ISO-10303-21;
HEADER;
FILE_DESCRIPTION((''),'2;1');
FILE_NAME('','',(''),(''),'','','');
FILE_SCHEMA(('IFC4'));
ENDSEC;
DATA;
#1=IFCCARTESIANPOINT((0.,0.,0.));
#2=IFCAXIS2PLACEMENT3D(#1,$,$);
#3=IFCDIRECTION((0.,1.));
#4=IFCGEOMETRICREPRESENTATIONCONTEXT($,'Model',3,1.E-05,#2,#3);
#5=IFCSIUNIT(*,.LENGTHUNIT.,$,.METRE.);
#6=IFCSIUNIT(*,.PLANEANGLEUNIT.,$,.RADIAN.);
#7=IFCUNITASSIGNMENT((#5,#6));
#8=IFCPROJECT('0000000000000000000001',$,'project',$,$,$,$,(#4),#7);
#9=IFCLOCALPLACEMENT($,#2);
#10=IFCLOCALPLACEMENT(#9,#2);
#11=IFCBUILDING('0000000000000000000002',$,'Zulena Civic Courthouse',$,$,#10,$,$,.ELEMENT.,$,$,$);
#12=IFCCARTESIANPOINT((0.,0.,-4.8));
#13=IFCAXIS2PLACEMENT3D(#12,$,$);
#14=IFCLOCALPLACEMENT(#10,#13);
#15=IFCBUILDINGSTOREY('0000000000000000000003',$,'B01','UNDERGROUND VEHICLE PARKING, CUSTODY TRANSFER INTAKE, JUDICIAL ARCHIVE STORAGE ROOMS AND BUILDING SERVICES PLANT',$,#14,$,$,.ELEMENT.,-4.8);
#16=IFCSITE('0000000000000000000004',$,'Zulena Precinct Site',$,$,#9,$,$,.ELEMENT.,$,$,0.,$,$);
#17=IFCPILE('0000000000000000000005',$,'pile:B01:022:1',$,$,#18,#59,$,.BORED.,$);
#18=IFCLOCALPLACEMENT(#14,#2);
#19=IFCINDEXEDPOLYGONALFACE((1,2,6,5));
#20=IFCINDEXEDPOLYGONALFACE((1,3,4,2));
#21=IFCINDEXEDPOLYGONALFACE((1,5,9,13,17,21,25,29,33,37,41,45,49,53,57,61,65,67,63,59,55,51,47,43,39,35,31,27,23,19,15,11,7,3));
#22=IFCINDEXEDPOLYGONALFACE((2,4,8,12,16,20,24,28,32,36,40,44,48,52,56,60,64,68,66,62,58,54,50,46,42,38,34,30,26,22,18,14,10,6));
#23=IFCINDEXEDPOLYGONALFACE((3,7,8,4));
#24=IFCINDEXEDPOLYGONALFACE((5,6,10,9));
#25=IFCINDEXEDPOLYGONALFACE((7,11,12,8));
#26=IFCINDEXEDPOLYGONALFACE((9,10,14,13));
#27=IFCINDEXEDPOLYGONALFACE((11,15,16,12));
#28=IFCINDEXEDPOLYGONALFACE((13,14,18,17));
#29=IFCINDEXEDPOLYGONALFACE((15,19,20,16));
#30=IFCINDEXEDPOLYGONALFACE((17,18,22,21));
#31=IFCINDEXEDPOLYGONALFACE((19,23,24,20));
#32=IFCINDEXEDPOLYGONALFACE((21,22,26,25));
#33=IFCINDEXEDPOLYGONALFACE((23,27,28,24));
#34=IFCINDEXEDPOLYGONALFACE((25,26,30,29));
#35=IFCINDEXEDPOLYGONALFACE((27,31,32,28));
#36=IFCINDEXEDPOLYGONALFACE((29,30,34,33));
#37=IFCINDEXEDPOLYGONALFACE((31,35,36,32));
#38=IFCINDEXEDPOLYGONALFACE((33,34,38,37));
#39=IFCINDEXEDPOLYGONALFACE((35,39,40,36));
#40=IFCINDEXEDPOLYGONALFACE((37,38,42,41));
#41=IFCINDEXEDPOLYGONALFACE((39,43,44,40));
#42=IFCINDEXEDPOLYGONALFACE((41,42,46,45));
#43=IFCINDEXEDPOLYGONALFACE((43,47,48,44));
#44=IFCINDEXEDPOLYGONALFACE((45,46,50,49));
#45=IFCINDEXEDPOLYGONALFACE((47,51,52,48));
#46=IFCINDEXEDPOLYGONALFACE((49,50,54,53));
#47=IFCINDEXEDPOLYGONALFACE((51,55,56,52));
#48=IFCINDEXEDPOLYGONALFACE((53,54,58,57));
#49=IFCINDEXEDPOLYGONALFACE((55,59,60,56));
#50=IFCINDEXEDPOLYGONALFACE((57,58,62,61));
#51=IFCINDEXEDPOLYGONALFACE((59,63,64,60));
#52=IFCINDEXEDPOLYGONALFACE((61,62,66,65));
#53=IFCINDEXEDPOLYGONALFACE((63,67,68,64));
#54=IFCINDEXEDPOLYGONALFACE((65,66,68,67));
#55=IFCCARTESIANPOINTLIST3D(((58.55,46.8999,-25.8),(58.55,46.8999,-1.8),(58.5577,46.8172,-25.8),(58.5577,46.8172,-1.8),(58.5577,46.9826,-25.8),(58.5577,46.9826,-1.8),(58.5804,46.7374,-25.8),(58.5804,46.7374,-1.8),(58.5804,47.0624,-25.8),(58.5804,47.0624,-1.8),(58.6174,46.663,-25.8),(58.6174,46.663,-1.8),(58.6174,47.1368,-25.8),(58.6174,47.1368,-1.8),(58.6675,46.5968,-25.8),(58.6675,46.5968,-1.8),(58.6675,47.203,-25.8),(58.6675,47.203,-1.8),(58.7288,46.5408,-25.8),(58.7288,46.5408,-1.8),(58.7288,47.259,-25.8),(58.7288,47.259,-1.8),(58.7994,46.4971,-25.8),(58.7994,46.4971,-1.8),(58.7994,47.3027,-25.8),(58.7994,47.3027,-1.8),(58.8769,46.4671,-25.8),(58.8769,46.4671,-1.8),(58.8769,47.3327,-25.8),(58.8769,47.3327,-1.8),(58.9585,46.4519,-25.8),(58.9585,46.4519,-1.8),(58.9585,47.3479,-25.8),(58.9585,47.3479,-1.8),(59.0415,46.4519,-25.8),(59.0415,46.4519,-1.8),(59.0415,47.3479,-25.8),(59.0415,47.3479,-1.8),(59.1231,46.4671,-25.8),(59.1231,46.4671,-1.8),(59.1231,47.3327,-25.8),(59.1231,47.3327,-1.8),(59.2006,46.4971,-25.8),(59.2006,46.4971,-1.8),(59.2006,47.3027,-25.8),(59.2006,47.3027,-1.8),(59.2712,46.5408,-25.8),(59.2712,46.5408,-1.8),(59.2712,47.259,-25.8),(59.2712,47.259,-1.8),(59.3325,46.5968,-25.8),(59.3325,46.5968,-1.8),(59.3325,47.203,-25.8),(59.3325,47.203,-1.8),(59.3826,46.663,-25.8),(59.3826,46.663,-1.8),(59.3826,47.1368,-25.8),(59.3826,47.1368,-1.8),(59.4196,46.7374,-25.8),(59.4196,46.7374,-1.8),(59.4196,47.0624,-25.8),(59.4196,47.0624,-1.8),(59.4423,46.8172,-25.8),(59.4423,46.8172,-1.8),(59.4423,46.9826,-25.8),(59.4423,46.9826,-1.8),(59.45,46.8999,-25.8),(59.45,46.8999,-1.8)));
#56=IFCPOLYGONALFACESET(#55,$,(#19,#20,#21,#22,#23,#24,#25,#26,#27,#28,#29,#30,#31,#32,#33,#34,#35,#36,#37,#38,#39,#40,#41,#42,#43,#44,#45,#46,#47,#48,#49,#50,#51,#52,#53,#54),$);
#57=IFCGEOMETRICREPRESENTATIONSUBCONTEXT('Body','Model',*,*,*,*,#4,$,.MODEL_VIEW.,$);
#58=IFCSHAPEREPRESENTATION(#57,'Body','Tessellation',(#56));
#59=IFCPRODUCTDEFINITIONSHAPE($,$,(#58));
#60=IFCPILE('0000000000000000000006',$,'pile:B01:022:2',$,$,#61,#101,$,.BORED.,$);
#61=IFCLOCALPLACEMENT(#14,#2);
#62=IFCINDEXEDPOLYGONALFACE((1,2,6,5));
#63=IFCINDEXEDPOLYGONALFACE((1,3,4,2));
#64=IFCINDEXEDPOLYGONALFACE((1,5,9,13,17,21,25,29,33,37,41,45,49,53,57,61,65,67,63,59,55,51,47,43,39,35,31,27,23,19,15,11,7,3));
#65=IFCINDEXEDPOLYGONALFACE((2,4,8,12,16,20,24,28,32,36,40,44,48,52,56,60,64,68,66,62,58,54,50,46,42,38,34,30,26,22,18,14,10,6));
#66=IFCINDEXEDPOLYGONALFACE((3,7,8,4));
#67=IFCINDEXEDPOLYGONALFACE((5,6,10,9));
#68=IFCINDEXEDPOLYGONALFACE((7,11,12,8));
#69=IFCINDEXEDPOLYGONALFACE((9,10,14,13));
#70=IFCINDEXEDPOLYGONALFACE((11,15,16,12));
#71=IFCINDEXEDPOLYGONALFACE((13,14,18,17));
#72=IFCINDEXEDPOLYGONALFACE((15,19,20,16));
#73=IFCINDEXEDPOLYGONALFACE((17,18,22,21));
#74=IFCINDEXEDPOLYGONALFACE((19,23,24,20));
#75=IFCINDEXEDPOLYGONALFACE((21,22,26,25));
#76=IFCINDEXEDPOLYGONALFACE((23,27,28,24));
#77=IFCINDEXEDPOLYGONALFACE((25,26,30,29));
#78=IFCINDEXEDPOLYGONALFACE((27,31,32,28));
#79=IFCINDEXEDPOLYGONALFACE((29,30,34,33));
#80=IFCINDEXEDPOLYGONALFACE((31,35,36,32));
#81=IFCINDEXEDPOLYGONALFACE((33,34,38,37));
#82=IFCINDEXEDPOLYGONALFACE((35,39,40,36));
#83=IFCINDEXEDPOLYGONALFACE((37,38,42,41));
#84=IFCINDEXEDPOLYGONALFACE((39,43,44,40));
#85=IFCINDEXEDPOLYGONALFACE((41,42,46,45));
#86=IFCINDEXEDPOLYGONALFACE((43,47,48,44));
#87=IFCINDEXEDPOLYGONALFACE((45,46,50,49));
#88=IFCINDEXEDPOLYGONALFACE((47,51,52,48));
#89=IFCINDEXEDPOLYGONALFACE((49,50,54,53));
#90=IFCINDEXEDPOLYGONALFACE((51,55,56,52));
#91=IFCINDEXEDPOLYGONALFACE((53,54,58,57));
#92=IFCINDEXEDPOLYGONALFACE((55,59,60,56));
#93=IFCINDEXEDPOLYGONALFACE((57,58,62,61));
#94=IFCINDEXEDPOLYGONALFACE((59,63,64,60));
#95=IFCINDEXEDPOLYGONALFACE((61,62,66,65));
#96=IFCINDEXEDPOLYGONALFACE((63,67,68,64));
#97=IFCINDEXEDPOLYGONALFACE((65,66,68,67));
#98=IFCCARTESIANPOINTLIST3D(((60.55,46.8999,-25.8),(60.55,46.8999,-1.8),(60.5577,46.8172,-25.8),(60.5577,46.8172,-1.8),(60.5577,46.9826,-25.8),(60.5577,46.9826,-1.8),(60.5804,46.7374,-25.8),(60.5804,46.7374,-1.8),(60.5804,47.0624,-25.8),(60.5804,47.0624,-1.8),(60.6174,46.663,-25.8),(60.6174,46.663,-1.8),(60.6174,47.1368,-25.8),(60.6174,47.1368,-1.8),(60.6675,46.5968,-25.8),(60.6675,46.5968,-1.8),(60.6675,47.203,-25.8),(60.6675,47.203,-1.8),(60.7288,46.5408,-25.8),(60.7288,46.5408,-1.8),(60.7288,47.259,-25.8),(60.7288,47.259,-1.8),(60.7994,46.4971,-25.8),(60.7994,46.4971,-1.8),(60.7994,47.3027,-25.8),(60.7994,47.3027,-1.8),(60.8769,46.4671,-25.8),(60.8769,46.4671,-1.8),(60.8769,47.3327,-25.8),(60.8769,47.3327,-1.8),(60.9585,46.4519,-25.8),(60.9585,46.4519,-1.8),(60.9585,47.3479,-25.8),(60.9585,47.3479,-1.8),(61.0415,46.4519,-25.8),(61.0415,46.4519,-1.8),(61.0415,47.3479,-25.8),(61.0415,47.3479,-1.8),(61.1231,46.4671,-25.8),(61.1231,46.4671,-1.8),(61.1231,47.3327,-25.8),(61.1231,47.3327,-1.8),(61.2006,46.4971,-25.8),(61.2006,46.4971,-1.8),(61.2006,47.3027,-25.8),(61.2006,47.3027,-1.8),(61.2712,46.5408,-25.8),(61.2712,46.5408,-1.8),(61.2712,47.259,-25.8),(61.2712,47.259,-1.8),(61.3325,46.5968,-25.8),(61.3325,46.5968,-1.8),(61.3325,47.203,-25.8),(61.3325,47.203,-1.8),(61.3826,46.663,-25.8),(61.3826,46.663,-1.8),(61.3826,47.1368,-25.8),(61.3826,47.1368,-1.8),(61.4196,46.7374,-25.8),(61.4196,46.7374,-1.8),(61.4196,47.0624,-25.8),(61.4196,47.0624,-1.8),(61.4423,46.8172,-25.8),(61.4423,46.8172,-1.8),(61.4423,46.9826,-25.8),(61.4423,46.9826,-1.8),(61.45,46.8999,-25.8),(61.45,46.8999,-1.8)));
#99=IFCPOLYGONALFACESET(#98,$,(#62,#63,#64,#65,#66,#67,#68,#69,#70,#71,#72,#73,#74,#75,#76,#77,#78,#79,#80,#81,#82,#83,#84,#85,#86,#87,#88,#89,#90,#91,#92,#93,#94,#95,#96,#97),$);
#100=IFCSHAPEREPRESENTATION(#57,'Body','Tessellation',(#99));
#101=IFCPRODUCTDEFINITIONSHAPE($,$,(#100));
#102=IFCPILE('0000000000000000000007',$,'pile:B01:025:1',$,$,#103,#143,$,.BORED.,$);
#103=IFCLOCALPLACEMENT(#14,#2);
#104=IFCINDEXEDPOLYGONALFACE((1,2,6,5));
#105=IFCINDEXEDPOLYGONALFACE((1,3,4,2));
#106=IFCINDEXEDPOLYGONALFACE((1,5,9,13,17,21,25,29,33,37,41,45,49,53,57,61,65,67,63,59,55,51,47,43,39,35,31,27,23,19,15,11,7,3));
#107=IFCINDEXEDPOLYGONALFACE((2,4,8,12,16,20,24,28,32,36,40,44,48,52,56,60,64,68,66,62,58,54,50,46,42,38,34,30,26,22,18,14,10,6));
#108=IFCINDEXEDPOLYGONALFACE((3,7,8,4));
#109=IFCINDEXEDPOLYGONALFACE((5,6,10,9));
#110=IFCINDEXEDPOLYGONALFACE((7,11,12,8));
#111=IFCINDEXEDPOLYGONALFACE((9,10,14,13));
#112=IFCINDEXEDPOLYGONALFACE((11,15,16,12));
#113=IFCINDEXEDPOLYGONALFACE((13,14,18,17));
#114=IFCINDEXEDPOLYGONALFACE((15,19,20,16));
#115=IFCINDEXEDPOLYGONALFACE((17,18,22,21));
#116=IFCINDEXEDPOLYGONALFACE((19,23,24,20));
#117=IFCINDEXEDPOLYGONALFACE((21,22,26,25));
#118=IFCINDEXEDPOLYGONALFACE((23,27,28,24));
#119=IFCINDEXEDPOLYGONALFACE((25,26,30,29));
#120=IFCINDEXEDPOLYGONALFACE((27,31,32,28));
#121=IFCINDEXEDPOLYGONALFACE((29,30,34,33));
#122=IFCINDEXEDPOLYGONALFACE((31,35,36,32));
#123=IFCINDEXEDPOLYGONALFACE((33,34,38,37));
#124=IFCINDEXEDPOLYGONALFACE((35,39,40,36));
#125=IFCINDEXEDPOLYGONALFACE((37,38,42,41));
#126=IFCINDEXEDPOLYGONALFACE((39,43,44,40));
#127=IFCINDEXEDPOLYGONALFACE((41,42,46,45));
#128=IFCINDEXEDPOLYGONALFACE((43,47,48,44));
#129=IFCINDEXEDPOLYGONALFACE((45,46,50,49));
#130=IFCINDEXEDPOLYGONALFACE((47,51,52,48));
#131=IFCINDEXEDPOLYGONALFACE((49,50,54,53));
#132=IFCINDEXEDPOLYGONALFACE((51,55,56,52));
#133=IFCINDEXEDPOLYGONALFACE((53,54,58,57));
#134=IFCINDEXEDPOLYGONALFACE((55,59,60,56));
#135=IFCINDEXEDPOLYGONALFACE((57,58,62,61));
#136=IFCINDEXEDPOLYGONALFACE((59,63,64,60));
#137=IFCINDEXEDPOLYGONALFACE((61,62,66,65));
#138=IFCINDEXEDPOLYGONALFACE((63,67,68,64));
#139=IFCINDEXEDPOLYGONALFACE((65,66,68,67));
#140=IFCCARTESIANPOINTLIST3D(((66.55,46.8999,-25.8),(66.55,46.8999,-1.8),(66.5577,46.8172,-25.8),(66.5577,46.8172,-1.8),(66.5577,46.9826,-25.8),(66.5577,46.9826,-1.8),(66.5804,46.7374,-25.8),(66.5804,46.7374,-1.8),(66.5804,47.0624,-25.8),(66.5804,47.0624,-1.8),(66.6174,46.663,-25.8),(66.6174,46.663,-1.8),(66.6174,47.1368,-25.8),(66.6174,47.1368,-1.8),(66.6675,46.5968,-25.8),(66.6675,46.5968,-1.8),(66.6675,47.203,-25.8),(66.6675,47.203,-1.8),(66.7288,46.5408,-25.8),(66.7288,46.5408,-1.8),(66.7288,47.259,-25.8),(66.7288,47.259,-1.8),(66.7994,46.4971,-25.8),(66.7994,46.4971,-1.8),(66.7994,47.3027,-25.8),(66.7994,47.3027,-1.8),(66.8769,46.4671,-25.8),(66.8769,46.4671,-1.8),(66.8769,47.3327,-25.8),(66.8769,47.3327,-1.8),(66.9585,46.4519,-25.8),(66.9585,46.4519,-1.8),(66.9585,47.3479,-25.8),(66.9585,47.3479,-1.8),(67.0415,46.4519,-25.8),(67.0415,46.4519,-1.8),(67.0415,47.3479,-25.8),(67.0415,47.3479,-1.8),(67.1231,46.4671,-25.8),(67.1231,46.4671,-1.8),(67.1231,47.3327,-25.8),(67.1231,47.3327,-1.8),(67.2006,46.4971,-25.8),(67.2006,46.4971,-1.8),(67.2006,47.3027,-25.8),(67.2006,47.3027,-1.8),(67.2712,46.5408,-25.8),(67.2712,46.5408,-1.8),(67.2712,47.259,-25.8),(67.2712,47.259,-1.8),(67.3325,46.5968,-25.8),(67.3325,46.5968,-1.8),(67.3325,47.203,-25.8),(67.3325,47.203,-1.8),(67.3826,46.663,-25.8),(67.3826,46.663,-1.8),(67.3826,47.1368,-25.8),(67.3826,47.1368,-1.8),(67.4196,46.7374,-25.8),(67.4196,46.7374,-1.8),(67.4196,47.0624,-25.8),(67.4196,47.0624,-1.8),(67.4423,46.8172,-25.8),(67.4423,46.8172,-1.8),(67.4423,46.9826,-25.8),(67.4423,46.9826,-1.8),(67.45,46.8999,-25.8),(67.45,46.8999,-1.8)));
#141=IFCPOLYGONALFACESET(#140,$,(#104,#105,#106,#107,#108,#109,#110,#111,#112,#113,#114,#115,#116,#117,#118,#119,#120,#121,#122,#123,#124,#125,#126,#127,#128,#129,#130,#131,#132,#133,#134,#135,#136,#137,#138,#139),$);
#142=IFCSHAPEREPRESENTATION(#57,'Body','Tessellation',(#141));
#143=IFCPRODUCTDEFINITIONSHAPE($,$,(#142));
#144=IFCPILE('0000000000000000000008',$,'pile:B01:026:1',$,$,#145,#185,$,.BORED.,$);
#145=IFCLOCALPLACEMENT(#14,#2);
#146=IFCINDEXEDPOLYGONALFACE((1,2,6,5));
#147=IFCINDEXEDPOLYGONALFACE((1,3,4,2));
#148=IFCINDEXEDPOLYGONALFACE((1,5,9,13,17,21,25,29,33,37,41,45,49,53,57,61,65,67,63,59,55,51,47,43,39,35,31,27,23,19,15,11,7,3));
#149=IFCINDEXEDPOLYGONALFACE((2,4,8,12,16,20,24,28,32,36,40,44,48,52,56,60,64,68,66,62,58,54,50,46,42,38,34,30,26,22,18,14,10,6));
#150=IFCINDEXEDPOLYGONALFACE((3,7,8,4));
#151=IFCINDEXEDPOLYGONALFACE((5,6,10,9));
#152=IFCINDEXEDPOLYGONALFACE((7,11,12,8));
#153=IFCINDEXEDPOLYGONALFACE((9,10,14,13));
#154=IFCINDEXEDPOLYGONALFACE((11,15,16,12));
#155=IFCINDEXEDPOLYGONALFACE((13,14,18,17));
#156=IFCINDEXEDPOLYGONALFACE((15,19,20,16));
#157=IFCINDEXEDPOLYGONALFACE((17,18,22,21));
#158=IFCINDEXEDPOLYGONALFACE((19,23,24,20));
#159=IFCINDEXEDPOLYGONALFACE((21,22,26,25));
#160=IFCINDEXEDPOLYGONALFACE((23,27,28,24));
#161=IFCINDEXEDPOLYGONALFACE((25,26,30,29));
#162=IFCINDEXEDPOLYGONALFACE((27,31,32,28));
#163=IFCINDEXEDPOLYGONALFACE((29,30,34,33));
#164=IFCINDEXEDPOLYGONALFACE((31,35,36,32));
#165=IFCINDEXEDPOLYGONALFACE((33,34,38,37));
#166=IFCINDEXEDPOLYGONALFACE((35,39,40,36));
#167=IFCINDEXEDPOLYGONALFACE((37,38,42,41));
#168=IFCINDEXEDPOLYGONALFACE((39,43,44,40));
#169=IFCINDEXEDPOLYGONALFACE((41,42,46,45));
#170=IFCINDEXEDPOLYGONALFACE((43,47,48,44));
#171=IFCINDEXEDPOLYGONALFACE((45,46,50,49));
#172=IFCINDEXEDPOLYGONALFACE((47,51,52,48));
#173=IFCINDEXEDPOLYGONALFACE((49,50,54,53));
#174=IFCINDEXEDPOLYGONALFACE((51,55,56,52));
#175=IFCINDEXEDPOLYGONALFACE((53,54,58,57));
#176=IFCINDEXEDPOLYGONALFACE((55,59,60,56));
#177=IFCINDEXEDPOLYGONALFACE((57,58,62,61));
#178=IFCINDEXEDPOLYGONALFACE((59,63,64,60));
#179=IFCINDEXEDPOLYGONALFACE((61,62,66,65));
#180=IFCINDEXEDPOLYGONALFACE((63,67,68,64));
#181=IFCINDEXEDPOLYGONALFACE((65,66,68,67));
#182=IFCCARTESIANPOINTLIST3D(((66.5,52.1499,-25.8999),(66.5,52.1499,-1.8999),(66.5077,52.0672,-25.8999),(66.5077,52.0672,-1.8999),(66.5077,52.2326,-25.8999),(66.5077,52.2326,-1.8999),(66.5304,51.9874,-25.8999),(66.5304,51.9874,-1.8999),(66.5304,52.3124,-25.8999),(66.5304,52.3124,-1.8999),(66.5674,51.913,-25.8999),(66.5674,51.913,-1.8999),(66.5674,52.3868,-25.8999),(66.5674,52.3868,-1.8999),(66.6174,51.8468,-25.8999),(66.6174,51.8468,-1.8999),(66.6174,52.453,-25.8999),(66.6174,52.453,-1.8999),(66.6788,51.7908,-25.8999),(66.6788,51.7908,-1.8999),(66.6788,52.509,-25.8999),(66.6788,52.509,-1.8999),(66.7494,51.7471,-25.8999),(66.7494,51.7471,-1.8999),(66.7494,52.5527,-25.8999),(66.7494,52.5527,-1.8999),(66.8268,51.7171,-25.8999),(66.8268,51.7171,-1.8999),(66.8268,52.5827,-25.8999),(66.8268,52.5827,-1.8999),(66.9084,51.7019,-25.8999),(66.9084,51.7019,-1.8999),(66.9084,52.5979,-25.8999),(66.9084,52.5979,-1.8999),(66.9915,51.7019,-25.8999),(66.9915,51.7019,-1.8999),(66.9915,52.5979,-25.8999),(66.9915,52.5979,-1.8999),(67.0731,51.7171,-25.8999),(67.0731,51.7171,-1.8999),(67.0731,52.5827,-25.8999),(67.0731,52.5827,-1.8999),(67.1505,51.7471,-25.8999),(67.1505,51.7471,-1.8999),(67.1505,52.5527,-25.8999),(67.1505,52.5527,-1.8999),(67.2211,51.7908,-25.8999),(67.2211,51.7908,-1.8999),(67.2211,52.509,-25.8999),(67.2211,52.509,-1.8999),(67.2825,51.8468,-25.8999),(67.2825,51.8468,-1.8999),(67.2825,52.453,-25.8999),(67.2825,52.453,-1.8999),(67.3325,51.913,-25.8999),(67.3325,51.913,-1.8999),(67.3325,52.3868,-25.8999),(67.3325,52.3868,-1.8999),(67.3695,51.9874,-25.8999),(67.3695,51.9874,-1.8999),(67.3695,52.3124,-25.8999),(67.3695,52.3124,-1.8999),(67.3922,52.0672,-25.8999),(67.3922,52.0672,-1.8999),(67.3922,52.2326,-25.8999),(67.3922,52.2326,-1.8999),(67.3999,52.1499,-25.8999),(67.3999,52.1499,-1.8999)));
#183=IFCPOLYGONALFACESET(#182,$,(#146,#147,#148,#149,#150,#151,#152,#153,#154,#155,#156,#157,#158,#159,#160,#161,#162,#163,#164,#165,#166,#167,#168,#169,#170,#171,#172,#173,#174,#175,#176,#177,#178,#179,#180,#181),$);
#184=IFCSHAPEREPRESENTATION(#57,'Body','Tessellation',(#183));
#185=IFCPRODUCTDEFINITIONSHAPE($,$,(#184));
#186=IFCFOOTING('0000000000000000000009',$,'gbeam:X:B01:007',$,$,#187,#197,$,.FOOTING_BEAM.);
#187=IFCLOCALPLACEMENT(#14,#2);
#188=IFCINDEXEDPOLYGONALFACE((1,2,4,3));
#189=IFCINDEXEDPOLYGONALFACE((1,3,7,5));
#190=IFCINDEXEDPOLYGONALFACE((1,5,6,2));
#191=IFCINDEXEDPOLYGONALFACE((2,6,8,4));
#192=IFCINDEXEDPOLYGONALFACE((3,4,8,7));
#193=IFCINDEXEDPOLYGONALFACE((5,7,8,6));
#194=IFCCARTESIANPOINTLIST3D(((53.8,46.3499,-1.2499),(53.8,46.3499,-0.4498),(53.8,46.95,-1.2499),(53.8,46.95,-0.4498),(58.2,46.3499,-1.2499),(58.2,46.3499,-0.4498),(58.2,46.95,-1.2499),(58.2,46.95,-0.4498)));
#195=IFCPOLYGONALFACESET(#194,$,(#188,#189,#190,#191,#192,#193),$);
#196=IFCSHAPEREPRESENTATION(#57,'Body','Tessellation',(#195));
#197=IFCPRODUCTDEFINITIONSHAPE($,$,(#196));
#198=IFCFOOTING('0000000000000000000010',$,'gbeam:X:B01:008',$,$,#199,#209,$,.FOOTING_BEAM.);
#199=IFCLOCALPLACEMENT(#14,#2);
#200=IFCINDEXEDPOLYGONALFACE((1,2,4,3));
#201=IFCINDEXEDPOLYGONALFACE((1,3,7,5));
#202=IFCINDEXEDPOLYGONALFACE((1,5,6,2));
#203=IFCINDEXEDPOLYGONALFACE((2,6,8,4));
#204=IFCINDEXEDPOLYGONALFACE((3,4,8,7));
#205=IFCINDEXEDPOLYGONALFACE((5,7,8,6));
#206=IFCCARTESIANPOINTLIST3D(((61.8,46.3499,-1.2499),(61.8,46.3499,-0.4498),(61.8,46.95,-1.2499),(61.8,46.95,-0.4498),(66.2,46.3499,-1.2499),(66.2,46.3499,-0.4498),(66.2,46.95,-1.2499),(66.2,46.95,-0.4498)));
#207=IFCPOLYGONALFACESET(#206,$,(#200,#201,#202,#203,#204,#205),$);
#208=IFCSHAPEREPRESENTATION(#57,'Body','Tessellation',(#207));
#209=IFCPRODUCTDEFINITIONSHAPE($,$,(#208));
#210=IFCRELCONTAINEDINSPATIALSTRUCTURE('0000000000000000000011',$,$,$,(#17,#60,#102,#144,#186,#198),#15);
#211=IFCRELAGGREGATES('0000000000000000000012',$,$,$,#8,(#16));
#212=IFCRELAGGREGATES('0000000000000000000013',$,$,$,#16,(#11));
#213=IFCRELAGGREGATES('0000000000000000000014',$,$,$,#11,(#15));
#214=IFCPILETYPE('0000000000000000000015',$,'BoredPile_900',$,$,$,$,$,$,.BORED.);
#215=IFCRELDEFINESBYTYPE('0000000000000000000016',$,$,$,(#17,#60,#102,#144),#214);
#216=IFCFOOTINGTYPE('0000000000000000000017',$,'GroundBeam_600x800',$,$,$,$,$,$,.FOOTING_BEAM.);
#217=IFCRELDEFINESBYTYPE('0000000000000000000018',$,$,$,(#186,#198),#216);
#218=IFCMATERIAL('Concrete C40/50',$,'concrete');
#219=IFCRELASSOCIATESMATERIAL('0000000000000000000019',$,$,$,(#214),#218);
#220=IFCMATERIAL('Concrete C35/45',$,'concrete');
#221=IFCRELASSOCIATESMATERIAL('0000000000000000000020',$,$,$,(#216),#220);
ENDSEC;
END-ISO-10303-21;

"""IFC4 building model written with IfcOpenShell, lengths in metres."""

from ifc_helpers import new_model, si_unit, direction, frame, origin, origin_2d, place, context, subcontext, project, spatial, rectangle, circle, extrude, material, material_profile, profile_set, type_object, element, save


model = new_model("IFC4")

# Units and contexts
model_context = context("Model", 3, precision=1e-05, world=origin(), true_north=direction((0.0, 1.0)))
body_context = subcontext(model_context, "Body", "Model", "MODEL_VIEW")
ifc_project = project(units=[si_unit("LENGTHUNIT", "METRE"), si_unit("PLANEANGLEUNIT", "RADIAN")], contexts=[model_context])

# Site, building, storey
site_placement = place(None, origin())
site = spatial("IfcSite", under=ifc_project, at=site_placement, Name="Zulena Precinct Site", CompositionType="ELEMENT", RefElevation=0.0)
building_placement = place(site_placement, origin())
building = spatial("IfcBuilding", under=site, at=building_placement, Name="Zulena Civic Courthouse", CompositionType="ELEMENT")
storey_placement = place(building_placement, frame((0.0, 0.0, -4.8)))
storey = spatial("IfcBuildingStorey", under=building, at=storey_placement, Name="B01", Description="UNDERGROUND VEHICLE PARKING, CUSTODY TRANSFER INTAKE, JUDICIAL ARCHIVE STORAGE ROOMS AND BUILDING SERVICES PLANT", CompositionType="ELEMENT", Elevation=-4.8)

# Piles
ifc_material_1 = material(Name="Concrete C40/50", Category="concrete")
ifc_material_profile_1 = material_profile(ifc_material_1, circle(Radius=0.45, at=origin_2d()), Name="PILE900")
ifc_profile_set_1 = profile_set([ifc_material_profile_1], Name="Concrete C40/50")
pile_type_1 = type_object("IfcPileType", Name="BoredPile_900", PredefinedType="BORED", material=ifc_profile_set_1)
for number, where, z_axis, x_axis, name in (
    (1, (59.0, 46.8999, -1.8), (0.0, 0.0, -1.0), (1.0, 0.0, 0.0), "pile:B01:022:1"),
    (2, (61.0, 46.8999, -1.8), (0.0, 0.0, -1.0), (1.0, 0.0, 0.0), "pile:B01:022:2"),
    (3, (67.0, 46.8999, -1.8), (0.0, 0.0, -1.0), (1.0, 0.0, 0.0), "pile:B01:025:1"),
    (4, (66.95, 52.1499, -1.8999), (0.0, 0.0, -1.0), (1.0, 0.0, 0.0), "pile:B01:026:1"),
):
    element("IfcPile", number, at=place(storey_placement, frame(where, z_axis=z_axis, x_axis=x_axis)), inside=storey, type_object=pile_type_1, Name=name, PredefinedType="BORED", context=body_context, shape_type="SweptSolid", body=[
        extrude(circle(Radius=0.45, at=origin_2d()), origin(), (0.0, 0.0, 1.0), 24.0),
    ])

# Footings
ifc_material_2 = material(Name="Concrete C35/45", Category="concrete")
ifc_material_profile_2 = material_profile(ifc_material_2, rectangle(XDim=0.6001, YDim=0.8, at=origin_2d()), Name="RC600X800")
ifc_profile_set_2 = profile_set([ifc_material_profile_2], Name="Concrete C35/45")
footing_type_1 = type_object("IfcFootingType", Name="GroundBeam_600x800", PredefinedType="FOOTING_BEAM", material=ifc_profile_set_2)
for number, where, z_axis, x_axis, name in (
    (5, (53.8, 46.6499, -0.8499), (1.0, 0.0, 0.0), (0.0, 1.0, 0.0), "gbeam:X:B01:007"),
    (6, (61.8, 46.6499, -0.8499), (1.0, 0.0, 0.0), (0.0, 1.0, 0.0), "gbeam:X:B01:008"),
):
    element("IfcFooting", number, at=place(storey_placement, frame(where, z_axis=z_axis, x_axis=x_axis)), inside=storey, type_object=footing_type_1, Name=name, PredefinedType="FOOTING_BEAM", context=body_context, shape_type="SweptSolid", body=[
        extrude(rectangle(XDim=0.6001, YDim=0.8, at=origin_2d()), origin(), (0.0, 0.0, 1.0), 4.3999),
    ])

save(model, "model.ifc")
